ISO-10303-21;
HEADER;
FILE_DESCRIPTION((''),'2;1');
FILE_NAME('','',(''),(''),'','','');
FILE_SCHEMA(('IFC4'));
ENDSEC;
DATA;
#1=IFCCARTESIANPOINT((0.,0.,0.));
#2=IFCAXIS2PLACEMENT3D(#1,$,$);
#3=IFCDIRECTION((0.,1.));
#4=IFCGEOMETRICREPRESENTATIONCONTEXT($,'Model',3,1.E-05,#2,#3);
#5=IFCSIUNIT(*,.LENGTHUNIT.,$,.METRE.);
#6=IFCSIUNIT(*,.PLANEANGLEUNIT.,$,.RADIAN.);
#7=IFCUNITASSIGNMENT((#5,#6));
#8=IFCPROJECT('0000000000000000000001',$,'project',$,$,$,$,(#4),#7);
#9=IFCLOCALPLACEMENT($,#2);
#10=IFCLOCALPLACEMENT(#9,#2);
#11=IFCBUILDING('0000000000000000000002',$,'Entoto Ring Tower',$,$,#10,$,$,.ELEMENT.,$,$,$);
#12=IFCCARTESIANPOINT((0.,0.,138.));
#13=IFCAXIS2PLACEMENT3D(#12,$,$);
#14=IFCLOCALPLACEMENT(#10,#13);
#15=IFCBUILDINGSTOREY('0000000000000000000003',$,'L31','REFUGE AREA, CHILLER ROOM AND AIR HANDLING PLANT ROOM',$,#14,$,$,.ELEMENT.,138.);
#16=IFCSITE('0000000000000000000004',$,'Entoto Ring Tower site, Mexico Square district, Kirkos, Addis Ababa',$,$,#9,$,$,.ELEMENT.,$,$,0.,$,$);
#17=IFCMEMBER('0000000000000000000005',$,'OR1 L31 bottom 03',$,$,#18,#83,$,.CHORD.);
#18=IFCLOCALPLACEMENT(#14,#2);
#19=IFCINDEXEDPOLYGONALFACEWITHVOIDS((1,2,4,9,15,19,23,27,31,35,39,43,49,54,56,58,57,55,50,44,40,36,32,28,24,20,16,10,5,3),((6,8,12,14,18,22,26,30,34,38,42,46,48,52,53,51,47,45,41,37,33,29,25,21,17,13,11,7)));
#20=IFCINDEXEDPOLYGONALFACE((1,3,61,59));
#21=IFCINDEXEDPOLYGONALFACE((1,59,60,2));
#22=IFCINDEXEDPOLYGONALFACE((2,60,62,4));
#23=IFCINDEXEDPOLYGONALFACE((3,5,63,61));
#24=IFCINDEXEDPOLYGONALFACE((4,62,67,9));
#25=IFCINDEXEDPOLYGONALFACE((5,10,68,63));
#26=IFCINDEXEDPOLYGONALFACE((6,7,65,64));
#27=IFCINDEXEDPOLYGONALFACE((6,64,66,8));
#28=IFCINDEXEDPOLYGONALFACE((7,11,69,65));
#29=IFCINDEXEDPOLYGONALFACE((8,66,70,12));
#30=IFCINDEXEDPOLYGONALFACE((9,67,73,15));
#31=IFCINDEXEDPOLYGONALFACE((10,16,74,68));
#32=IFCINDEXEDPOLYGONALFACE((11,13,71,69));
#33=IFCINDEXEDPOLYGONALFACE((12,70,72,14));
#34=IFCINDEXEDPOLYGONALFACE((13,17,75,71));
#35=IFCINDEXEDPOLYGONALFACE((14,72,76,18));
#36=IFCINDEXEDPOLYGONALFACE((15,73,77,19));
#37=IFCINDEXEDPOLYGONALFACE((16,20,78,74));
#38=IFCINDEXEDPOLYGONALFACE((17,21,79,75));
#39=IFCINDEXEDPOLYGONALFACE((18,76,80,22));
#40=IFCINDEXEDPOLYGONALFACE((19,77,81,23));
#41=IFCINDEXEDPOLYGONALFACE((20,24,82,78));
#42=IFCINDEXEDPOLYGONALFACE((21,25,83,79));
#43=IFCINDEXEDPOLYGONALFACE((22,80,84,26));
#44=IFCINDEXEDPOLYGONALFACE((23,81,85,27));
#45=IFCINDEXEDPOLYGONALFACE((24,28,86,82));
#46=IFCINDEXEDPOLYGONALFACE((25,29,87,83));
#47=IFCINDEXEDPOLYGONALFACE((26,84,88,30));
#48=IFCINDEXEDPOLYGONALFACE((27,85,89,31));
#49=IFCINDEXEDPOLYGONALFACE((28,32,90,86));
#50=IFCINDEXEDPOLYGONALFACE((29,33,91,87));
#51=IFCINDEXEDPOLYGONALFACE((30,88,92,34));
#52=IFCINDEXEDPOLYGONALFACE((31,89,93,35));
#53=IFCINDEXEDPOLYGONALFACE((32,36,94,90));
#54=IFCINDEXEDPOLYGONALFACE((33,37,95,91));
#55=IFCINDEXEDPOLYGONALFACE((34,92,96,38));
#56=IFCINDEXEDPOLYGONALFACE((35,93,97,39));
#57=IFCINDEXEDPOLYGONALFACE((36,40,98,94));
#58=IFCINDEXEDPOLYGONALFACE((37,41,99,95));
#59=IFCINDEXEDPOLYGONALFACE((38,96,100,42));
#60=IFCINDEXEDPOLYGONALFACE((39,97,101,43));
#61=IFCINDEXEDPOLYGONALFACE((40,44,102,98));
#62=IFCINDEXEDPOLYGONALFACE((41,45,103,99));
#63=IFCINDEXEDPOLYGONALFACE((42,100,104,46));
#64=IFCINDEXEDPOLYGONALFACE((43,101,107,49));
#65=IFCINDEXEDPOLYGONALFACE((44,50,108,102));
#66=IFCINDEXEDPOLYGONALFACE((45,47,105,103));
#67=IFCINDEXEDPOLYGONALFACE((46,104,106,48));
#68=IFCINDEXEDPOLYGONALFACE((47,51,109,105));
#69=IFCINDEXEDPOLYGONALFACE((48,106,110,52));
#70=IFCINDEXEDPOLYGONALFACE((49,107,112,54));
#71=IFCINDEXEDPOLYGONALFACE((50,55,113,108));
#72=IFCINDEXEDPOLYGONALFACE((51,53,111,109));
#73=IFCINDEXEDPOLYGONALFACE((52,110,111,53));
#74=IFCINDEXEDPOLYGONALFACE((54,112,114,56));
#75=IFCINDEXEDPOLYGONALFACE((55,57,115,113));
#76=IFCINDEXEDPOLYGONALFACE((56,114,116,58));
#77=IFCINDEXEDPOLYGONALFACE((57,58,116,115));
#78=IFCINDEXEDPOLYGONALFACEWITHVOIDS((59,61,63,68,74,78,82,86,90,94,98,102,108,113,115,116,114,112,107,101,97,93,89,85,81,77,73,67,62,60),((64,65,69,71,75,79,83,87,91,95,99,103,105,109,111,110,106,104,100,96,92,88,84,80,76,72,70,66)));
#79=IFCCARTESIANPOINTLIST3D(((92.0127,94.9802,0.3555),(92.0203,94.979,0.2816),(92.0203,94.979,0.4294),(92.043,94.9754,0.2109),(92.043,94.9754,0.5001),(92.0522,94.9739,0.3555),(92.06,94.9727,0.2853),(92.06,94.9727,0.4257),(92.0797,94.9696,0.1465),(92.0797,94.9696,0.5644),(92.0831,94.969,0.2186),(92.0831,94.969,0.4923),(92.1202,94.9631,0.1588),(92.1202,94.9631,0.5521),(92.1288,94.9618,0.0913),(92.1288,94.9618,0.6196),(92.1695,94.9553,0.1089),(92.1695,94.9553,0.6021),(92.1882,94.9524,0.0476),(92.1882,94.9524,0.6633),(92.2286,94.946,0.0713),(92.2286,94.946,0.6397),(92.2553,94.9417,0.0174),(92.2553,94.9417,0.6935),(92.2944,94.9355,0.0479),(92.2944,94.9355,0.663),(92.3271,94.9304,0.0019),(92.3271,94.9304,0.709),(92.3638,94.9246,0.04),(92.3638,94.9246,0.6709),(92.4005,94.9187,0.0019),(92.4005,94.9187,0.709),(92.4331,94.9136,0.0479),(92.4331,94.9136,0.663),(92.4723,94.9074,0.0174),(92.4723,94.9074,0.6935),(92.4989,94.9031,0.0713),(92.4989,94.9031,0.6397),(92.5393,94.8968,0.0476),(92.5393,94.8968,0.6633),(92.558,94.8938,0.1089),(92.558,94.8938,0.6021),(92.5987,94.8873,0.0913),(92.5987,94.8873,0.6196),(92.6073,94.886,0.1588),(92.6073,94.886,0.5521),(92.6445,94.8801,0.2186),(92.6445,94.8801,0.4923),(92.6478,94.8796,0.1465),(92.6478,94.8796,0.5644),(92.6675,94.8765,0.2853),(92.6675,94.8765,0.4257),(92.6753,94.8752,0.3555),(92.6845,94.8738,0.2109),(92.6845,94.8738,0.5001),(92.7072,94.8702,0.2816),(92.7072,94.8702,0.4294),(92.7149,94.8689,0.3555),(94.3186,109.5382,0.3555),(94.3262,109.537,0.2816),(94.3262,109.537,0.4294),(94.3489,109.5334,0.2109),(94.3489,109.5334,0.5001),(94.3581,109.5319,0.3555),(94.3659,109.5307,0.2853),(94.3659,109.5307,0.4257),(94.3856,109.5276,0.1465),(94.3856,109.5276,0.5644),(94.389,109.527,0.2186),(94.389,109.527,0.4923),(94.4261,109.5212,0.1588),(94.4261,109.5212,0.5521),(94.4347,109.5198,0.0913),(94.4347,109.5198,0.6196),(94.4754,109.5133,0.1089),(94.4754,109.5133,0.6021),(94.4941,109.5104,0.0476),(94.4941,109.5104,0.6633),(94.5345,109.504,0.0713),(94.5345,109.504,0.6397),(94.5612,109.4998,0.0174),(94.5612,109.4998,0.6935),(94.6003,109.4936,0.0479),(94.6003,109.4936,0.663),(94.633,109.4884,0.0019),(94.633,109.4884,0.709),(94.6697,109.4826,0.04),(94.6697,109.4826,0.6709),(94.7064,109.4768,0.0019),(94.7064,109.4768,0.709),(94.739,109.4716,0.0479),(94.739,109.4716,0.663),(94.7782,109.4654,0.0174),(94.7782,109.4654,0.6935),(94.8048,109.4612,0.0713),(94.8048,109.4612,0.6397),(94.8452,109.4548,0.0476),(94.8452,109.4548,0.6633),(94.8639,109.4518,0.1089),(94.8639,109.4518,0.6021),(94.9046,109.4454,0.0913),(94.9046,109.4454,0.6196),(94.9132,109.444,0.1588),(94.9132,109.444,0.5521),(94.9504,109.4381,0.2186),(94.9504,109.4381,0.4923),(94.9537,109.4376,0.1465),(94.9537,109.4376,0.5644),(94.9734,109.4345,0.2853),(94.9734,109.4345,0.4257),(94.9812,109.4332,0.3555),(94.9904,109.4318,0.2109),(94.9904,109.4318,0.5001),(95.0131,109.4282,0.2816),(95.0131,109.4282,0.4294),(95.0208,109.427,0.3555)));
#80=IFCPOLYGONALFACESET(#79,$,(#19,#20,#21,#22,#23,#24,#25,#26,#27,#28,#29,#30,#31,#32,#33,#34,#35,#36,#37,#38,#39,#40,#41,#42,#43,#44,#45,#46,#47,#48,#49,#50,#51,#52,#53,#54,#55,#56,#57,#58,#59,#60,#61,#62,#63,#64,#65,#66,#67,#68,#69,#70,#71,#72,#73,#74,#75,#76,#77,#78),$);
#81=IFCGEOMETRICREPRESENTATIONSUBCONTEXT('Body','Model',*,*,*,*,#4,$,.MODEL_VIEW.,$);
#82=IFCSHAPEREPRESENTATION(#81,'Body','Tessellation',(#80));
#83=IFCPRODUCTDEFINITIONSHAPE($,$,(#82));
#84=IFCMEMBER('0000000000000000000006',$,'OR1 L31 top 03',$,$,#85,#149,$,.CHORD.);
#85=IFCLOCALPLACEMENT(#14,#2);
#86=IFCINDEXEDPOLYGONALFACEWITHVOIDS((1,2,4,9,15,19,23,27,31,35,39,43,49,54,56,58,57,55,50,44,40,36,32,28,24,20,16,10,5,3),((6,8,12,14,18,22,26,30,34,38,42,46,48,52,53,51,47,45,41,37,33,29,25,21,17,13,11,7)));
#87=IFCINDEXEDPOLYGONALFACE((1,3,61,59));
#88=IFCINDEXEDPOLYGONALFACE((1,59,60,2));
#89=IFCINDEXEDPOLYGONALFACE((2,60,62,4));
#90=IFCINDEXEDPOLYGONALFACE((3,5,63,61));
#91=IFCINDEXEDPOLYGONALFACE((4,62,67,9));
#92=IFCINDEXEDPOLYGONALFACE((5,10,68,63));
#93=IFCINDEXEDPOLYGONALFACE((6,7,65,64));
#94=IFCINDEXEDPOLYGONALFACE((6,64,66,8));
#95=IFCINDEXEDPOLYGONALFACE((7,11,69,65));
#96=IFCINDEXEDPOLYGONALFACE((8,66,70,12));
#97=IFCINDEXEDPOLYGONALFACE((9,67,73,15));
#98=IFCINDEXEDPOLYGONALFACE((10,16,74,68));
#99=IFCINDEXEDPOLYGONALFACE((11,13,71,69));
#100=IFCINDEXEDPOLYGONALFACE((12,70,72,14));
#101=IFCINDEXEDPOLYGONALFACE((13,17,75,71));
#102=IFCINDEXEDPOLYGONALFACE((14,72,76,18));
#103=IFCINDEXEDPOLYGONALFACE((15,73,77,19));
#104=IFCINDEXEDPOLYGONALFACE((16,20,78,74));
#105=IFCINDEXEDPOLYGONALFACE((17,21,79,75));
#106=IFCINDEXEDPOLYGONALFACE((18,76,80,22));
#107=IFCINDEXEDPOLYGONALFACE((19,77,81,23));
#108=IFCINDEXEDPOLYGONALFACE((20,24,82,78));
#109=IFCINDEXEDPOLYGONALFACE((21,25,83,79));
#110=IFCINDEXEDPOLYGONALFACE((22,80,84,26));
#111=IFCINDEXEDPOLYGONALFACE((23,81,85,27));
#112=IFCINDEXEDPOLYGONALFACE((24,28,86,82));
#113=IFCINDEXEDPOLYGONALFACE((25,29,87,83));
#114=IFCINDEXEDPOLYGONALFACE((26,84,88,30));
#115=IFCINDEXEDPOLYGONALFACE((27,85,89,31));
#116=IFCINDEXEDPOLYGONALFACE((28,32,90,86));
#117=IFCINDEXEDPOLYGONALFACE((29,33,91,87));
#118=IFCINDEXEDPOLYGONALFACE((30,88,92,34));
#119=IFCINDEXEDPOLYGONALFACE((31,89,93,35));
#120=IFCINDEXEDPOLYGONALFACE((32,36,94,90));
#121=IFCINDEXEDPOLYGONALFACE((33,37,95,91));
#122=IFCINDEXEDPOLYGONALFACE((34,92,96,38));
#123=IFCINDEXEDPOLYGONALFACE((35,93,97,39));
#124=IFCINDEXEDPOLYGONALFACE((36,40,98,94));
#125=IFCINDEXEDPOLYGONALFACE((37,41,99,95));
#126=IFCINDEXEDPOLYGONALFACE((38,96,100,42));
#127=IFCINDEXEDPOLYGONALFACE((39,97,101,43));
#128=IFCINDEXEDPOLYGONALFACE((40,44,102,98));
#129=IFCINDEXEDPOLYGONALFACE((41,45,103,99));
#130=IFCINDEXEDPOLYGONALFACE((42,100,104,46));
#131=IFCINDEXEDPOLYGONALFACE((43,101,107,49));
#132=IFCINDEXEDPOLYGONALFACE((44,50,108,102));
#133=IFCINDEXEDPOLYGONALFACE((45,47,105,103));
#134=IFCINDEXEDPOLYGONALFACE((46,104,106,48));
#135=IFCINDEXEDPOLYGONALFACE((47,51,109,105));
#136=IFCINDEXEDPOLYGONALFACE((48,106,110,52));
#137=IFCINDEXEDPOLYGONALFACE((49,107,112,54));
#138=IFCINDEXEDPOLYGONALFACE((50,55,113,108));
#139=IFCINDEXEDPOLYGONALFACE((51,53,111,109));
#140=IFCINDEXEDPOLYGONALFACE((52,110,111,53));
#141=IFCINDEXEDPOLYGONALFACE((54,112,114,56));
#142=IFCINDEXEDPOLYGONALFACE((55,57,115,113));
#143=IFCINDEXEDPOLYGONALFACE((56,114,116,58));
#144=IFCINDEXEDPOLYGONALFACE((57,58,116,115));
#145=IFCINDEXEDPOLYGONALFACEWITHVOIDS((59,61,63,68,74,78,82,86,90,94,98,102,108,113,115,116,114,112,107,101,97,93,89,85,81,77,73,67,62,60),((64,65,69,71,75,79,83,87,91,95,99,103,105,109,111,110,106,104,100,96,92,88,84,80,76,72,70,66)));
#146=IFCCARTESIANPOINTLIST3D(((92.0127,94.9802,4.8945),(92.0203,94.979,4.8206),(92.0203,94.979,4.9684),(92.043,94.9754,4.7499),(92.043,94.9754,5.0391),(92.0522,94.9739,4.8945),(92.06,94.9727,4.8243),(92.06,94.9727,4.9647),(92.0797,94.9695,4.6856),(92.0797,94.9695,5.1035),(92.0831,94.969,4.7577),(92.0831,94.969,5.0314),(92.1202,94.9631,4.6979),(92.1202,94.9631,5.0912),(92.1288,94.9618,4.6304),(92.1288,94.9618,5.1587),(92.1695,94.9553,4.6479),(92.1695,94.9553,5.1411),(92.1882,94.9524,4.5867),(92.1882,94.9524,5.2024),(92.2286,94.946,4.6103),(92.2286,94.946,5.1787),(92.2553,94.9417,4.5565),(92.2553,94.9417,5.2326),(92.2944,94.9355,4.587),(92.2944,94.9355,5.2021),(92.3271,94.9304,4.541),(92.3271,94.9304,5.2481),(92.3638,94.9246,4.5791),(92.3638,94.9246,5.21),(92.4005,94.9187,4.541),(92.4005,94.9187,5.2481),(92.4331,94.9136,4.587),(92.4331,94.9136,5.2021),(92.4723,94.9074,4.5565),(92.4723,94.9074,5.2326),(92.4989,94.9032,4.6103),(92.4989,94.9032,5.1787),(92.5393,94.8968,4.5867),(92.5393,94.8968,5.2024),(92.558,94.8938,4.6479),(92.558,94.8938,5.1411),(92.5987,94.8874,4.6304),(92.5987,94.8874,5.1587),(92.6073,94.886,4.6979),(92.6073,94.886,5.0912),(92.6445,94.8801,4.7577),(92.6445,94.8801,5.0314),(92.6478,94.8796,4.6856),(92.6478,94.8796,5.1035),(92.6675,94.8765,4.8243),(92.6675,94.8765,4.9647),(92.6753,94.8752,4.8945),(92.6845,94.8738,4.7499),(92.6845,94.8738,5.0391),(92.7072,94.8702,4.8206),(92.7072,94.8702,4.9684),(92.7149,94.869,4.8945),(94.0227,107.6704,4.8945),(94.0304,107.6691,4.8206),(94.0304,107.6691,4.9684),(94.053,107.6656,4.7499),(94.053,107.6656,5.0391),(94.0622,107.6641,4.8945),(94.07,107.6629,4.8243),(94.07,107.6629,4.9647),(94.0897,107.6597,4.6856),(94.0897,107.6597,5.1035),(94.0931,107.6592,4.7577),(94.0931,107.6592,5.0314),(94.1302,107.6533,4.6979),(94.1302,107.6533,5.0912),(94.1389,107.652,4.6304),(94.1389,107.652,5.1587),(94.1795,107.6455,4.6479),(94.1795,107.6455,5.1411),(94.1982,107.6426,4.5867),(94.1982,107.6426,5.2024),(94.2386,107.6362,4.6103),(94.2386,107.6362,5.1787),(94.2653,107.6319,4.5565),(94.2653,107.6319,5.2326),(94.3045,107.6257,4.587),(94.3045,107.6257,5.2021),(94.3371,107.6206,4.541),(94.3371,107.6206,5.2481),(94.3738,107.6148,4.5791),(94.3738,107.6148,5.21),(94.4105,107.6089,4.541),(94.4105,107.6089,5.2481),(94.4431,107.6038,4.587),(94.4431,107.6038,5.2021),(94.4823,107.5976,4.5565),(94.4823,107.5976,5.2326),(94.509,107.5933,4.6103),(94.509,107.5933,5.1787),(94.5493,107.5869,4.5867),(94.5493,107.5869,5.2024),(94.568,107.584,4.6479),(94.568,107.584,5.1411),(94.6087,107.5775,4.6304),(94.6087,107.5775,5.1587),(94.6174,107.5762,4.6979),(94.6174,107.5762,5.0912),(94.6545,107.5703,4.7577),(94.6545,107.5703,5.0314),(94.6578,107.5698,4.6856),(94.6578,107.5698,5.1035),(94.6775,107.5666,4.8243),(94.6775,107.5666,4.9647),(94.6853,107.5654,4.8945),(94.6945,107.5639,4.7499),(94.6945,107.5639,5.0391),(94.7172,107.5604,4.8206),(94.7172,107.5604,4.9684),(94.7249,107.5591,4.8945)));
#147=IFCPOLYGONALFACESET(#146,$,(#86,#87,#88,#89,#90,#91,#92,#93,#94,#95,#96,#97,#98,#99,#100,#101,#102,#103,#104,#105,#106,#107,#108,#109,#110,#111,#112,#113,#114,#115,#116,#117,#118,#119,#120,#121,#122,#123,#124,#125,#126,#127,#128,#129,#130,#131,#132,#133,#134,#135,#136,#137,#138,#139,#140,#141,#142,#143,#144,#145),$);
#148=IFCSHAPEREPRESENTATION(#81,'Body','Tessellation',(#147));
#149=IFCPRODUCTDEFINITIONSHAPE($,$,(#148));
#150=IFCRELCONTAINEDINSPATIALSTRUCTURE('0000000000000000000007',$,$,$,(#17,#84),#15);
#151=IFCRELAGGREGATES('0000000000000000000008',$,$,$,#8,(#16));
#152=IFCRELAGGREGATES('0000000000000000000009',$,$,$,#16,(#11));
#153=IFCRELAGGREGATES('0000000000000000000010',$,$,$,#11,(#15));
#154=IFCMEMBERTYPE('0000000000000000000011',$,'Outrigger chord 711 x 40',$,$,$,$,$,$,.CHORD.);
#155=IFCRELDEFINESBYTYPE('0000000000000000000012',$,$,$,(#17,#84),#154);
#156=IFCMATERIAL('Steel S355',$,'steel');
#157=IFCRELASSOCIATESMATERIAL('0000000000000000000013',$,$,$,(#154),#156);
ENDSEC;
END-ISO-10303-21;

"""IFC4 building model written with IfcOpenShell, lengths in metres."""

from ifc_helpers import new_model, si_unit, direction, frame, origin, origin_2d, place, context, subcontext, project, spatial, circle, hollow_circle, extrude, material, material_profile, profile_set, type_object, element, save


model = new_model("IFC4")

# Units and contexts
model_context = context("Model", 3, precision=1e-05, world=origin(), true_north=direction((0.0, 1.0)))
body_context = subcontext(model_context, "Body", "Model", "MODEL_VIEW")
ifc_project = project(units=[si_unit("LENGTHUNIT", "METRE"), si_unit("PLANEANGLEUNIT", "RADIAN")], contexts=[model_context])

# Site, building, storey
site_placement = place(None, origin())
site = spatial("IfcSite", under=ifc_project, at=site_placement, Name="Entoto Ring Tower site, Mexico Square district, Kirkos, Addis Ababa", CompositionType="ELEMENT", RefElevation=0.0)
building_placement = place(site_placement, origin())
building = spatial("IfcBuilding", under=site, at=building_placement, Name="Entoto Ring Tower", CompositionType="ELEMENT")
storey_placement = place(building_placement, frame((0.0, 0.0, 138.0)))
storey = spatial("IfcBuildingStorey", under=building, at=storey_placement, Name="L31", Description="REFUGE AREA, CHILLER ROOM AND AIR HANDLING PLANT ROOM", CompositionType="ELEMENT", Elevation=138.0)

# Members
ifc_material_1 = material(Name="Steel S355", Category="steel")
ifc_material_profile_1 = material_profile(ifc_material_1, hollow_circle(Radius=0.3555, WallThickness=0.04, at=origin_2d()), Name="CHS 711 x 40")
ifc_material_2 = material(Name="Concrete C60/75", Category="concrete")
ifc_material_profile_2 = material_profile(ifc_material_2, circle(Radius=0.3154, at=origin_2d()), Name="Concrete C60/75 infill")
ifc_profile_set_1 = profile_set([ifc_material_profile_1, ifc_material_profile_2], Name="Steel S355")
member_type_1 = type_object("IfcMemberType", Name="Outrigger chord 711 x 40", PredefinedType="CHORD", material=ifc_profile_set_1)
member_1_placement = place(storey_placement, frame((92.3638, 94.9246, 0.3555), z_axis=(0.156443, 0.987687, 0.0), x_axis=(-0.987687, 0.156443, 0.0)))
element("IfcMember", 1, at=member_1_placement, inside=storey, type_object=member_type_1, Name="OR1 L31 bottom 03", PredefinedType="CHORD", context=body_context, shape_type="SweptSolid", body=[
    extrude(hollow_circle(Radius=0.3555, WallThickness=0.04, at=origin_2d()), origin(), (0.0, 0.0, 1.0), 14.7395),
])
member_2_placement = place(storey_placement, frame((92.3638, 94.9246, 4.8945), z_axis=(0.156441, 0.987687, 0.0), x_axis=(-0.987687, 0.156441, 0.0)))
element("IfcMember", 2, at=member_2_placement, inside=storey, type_object=member_type_1, Name="OR1 L31 top 03", PredefinedType="CHORD", context=body_context, shape_type="SweptSolid", body=[
    extrude(hollow_circle(Radius=0.3555, WallThickness=0.04, at=origin_2d()), origin(), (0.0, 0.0, 1.0), 12.8484),
])

save(model, "model.ifc")
